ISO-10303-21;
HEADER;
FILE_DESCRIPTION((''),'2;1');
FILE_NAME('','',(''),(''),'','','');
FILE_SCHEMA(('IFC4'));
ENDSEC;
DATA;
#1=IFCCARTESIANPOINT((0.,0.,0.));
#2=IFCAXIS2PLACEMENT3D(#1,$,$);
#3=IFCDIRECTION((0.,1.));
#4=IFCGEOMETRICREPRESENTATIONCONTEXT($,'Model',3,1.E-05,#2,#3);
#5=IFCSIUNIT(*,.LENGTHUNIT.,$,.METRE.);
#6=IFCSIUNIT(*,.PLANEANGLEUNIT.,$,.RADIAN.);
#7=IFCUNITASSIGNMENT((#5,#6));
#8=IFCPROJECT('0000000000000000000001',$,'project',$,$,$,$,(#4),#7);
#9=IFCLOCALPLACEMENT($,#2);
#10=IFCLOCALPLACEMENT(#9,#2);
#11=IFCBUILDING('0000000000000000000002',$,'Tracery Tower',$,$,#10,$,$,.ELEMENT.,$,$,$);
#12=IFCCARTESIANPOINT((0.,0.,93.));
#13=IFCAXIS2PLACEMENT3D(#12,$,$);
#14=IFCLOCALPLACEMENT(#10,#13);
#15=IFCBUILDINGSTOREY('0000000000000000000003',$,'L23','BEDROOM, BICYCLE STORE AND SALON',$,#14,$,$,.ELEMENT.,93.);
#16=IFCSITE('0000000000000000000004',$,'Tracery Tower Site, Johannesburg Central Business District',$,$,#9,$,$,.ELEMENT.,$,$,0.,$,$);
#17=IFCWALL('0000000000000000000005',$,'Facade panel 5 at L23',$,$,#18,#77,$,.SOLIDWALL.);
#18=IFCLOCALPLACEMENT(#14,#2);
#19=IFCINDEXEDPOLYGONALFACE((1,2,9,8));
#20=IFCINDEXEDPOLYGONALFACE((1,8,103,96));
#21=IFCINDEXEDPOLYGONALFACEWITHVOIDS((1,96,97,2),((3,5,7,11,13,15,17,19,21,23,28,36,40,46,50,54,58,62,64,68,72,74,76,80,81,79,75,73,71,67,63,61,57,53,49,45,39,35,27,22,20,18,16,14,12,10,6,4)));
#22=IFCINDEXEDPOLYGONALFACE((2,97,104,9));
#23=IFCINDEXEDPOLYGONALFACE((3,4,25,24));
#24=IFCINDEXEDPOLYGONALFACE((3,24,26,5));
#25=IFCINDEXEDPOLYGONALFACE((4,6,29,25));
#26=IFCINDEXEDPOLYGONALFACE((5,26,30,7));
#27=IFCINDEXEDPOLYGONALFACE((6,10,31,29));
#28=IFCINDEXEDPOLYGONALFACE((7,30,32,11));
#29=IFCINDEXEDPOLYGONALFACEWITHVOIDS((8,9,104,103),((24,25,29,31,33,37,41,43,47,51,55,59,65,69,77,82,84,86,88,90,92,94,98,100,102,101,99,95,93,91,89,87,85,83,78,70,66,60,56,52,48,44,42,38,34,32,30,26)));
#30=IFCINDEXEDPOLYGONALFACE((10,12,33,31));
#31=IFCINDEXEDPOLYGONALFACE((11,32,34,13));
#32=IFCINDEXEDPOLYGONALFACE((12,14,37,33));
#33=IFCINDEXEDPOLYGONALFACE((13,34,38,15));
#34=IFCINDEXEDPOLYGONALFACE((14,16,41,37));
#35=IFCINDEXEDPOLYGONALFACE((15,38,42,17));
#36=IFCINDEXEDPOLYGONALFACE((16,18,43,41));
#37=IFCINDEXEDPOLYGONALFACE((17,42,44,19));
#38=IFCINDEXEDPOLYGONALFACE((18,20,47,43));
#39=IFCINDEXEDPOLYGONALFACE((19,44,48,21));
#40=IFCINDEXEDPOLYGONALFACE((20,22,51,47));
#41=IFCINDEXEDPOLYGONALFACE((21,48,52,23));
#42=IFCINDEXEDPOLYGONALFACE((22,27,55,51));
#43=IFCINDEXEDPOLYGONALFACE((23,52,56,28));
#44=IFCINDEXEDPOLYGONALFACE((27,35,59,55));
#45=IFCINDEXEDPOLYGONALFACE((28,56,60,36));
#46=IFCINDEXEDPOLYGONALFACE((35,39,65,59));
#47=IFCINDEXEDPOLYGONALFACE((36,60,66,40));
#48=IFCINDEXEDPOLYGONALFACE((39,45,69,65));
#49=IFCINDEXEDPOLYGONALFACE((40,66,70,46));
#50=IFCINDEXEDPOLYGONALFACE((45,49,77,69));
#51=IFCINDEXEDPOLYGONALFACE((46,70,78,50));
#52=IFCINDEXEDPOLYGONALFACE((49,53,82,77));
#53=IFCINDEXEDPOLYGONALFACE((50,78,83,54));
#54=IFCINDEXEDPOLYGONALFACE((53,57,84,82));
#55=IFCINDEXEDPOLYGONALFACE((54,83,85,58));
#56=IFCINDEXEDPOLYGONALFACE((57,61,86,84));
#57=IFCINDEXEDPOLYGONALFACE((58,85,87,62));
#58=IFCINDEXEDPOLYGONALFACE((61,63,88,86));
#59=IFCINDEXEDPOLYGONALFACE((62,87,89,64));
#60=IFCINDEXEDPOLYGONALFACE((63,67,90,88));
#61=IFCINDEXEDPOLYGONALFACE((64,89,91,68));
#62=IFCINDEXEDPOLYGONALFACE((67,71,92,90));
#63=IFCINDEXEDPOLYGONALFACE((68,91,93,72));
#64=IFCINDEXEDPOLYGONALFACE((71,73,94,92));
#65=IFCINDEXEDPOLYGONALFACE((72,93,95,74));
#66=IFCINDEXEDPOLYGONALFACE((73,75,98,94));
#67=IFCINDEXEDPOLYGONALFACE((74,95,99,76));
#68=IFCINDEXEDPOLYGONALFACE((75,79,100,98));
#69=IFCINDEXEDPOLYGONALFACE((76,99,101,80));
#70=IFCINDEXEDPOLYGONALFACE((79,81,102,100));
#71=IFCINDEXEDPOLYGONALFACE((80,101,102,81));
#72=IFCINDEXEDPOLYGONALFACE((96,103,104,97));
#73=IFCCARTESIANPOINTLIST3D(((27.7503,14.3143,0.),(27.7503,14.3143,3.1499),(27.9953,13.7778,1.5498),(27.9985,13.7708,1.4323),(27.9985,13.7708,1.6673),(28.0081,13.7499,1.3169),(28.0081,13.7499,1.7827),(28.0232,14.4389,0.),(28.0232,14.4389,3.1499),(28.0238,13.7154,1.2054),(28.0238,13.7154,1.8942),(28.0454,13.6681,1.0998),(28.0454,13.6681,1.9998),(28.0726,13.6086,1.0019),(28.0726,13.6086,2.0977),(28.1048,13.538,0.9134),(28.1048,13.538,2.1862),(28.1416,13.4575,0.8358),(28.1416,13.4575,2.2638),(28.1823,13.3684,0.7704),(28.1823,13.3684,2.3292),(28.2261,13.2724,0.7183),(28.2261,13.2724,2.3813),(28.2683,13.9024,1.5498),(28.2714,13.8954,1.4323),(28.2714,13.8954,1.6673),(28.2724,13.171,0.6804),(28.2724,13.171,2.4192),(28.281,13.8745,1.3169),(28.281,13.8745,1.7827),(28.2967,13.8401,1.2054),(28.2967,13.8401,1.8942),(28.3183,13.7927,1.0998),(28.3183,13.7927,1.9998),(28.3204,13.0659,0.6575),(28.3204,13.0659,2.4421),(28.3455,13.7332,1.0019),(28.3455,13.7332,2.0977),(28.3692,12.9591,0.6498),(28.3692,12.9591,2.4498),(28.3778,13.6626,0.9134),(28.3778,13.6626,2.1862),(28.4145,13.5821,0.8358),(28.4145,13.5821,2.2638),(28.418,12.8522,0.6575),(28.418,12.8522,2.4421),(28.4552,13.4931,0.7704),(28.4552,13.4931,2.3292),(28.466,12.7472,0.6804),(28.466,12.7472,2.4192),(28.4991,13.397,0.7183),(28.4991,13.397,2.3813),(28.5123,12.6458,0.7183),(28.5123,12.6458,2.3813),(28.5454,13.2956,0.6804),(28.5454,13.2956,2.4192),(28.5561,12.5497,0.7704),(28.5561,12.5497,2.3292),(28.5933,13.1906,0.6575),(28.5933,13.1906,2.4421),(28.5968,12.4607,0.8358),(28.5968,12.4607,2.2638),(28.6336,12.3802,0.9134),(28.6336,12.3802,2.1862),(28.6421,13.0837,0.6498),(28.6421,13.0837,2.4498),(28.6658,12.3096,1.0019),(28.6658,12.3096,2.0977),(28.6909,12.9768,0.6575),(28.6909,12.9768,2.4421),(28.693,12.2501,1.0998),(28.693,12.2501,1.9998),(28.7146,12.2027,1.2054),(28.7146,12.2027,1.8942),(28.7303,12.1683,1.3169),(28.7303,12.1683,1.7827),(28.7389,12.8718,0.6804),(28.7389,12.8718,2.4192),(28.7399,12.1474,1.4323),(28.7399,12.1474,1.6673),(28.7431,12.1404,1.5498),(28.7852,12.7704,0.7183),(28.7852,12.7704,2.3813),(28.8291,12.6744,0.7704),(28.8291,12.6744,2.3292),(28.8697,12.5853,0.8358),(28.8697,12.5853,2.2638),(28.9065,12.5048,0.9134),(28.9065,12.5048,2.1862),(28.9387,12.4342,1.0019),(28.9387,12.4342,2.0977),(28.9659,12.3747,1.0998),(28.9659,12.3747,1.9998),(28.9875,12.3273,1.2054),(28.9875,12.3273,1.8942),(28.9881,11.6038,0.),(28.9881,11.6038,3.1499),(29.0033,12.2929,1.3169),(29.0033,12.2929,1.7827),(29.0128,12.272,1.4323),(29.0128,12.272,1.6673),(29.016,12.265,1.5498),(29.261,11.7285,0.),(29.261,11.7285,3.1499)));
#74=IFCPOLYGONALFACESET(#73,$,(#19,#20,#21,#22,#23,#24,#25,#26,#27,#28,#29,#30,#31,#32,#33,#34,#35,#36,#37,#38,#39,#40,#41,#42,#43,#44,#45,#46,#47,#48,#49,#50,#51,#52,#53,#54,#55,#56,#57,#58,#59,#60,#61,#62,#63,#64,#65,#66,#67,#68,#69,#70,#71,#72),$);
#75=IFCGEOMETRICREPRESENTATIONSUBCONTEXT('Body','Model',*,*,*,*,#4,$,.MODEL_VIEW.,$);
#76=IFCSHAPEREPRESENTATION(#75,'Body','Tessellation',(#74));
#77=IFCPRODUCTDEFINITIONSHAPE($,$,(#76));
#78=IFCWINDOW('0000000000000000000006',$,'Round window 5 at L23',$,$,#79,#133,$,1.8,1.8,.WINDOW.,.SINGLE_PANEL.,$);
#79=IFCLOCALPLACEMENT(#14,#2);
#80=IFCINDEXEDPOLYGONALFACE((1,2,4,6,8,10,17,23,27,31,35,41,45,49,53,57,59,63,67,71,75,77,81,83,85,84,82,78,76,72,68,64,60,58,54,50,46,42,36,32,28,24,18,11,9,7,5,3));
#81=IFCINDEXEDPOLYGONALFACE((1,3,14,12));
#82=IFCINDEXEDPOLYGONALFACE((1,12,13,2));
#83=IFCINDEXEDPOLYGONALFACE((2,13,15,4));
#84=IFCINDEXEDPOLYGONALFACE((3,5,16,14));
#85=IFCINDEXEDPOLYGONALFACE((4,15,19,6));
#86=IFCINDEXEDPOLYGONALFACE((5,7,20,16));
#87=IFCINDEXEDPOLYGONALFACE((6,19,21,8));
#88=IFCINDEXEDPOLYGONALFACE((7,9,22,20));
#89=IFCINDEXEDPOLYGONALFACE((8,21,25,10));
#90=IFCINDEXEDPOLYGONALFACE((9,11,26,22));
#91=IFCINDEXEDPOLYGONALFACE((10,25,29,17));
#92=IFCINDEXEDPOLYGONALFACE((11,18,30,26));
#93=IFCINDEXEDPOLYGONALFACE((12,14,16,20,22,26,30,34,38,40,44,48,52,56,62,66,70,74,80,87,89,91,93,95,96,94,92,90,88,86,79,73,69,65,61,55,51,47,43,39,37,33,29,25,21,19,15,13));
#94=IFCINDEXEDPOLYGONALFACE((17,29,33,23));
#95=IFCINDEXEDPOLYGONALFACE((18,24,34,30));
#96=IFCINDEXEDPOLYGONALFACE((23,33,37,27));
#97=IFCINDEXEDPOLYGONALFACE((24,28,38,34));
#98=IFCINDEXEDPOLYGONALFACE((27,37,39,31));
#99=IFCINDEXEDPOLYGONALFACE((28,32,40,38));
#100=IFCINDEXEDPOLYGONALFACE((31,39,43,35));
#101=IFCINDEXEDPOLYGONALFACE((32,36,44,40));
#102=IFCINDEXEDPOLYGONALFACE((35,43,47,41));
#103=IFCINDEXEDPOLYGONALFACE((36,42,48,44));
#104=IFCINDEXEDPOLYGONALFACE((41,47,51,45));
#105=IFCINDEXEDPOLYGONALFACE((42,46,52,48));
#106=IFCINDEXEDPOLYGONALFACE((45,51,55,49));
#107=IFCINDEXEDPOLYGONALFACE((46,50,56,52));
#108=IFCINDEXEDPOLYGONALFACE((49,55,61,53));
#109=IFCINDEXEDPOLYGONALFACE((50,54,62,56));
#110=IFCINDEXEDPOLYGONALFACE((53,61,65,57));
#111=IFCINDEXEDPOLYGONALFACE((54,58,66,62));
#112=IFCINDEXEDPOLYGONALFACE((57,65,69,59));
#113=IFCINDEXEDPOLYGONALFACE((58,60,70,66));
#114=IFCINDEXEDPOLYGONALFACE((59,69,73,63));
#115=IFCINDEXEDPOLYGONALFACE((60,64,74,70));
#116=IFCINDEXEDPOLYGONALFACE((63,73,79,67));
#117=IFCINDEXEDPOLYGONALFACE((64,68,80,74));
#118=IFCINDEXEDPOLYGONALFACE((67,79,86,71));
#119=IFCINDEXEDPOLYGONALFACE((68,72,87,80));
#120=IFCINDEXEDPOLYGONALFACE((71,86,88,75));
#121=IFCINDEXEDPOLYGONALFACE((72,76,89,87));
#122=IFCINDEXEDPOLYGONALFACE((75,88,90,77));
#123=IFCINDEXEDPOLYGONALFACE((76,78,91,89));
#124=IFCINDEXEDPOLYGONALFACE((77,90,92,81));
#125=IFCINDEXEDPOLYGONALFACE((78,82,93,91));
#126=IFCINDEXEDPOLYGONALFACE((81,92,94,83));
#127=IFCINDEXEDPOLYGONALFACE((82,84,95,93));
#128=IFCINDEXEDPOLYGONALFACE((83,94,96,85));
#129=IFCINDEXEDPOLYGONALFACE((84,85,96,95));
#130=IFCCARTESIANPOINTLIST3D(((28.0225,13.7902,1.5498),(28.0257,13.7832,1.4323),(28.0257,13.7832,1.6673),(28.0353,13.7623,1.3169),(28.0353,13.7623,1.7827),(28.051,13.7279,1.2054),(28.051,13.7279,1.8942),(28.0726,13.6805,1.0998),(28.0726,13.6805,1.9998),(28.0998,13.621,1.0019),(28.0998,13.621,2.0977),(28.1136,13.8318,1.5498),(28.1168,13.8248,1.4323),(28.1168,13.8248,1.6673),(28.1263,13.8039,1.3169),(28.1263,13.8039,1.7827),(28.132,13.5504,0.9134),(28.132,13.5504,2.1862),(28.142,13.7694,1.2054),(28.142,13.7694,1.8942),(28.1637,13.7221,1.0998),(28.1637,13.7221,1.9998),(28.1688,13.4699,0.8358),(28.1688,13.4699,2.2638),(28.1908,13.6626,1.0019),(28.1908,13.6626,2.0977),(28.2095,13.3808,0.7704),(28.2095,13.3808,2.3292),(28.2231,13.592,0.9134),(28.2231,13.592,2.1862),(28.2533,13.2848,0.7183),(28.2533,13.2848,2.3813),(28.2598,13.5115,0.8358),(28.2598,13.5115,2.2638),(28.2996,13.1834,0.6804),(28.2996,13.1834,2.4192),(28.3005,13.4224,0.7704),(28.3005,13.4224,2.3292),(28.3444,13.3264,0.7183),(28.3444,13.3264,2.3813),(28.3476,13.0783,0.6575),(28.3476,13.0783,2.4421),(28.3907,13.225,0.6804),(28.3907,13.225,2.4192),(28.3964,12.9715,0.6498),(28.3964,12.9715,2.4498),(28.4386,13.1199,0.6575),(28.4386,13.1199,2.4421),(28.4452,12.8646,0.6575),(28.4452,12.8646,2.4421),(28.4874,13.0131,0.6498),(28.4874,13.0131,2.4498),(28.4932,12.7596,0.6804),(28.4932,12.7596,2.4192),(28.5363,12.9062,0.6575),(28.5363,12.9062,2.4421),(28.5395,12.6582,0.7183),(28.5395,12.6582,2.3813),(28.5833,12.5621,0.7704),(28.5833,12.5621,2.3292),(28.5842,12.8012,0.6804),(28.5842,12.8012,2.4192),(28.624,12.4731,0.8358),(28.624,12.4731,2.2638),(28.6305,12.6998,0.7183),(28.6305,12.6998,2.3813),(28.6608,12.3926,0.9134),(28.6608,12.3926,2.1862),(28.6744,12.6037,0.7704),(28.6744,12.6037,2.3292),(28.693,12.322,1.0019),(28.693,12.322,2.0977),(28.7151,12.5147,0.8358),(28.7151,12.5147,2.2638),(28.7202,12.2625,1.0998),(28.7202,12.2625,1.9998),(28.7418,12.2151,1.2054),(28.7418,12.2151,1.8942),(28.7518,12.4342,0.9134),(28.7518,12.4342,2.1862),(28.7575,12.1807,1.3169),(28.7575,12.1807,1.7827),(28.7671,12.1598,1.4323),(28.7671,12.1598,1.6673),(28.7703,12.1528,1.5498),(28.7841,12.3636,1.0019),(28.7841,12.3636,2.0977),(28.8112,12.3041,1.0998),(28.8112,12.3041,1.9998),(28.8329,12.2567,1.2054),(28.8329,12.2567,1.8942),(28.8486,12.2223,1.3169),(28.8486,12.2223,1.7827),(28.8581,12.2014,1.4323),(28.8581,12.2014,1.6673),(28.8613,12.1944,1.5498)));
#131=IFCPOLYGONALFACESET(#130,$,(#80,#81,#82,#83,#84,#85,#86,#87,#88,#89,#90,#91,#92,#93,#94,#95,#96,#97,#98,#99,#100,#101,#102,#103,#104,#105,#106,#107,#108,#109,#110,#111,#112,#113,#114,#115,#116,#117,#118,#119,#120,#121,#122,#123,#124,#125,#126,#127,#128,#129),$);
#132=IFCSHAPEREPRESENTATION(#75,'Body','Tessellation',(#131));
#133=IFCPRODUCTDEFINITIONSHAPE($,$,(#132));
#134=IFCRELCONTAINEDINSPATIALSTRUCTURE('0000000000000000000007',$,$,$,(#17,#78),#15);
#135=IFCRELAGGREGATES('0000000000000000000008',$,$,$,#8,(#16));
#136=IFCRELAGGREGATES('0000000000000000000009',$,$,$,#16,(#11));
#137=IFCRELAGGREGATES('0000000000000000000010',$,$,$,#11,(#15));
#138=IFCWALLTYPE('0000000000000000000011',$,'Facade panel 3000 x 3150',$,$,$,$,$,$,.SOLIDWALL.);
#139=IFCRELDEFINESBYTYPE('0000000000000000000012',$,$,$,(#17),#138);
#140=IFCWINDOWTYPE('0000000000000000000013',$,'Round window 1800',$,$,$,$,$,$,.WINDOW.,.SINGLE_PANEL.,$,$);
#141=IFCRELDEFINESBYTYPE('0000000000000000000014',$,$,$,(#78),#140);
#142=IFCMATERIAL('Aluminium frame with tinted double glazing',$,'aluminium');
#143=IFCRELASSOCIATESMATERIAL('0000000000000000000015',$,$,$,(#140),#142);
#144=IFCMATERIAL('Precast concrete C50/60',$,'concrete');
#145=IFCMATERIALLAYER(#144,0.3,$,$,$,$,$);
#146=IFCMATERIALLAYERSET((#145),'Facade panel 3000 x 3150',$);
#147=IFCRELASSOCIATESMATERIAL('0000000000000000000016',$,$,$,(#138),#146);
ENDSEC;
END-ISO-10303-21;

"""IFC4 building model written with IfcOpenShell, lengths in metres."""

from ifc_helpers import new_model, si_unit, direction, frame, frame_2d, origin, origin_2d, place, context, subcontext, project, spatial, rectangle, circle, extrude, material, layer, layer_set, type_object, element, fill, save


model = new_model("IFC4")

# Units and contexts
model_context = context("Model", 3, precision=1e-05, world=origin(), true_north=direction((0.0, 1.0)))
body_context = subcontext(model_context, "Body", "Model", "MODEL_VIEW")
ifc_project = project(units=[si_unit("LENGTHUNIT", "METRE"), si_unit("PLANEANGLEUNIT", "RADIAN")], contexts=[model_context])

# Site, building, storey
site_placement = place(None, origin())
site = spatial("IfcSite", under=ifc_project, at=site_placement, Name="Tracery Tower Site, Johannesburg Central Business District", CompositionType="ELEMENT", RefElevation=0.0)
building_placement = place(site_placement, origin())
building = spatial("IfcBuilding", under=site, at=building_placement, Name="Tracery Tower", CompositionType="ELEMENT")
storey_placement = place(building_placement, frame((0.0, 0.0, 93.0)))
storey = spatial("IfcBuildingStorey", under=building, at=storey_placement, Name="L23", Description="BEDROOM, BICYCLE STORE AND SALON", CompositionType="ELEMENT", Elevation=93.0)

# Wall, opening, window
ifc_material_1 = material(Name="Aluminium frame with tinted double glazing", Category="aluminium")
window_type = type_object("IfcWindowType", Name="Round window 1800", PartitioningType="SINGLE_PANEL", PredefinedType="WINDOW", material=ifc_material_1)
ifc_material_2 = material(Name="Precast concrete C50/60", Category="concrete")
ifc_layer_1 = layer(ifc_material_2, 0.3)
ifc_layer_set_1 = layer_set([ifc_layer_1], Name="Facade panel 3000 x 3150")
wall_type_1 = type_object("IfcWallType", Name="Facade panel 3000 x 3150", PredefinedType="SOLIDWALL", material=ifc_layer_set_1)
wall_1_placement = place(storey_placement, frame((29.1245, 11.6663, 0.0), z_axis=(0.0, 0.0, 1.0), x_axis=(-0.415407, 0.909636, 0.0)))
wall_1 = element("IfcWall", 1, at=wall_1_placement, inside=storey, type_object=wall_type_1, Name="Facade panel 5 at L23", PredefinedType="SOLIDWALL", context=body_context, shape_type="SweptSolid", body=[
    extrude(rectangle(XDim=2.9797, YDim=0.3, at=frame_2d((1.4897, 0.0))), origin(), (0.0, 0.0, 1.0), 3.1499),
])
opening_1_placement = place(wall_1_placement, frame((1.4897, 0.0, 1.5498)))
opening_1 = element("IfcOpeningElement", 2, at=opening_1_placement, cuts=wall_1, PredefinedType="OPENING", context=body_context, shape_type="SweptSolid", body=[
    extrude(circle(Radius=0.9, at=origin_2d()), frame((0.0, 0.1599, 0.0), z_axis=(0.0, -1.0, 0.0), x_axis=(1.0, 0.0, 0.0)), (0.0, 0.0, 1.0), 0.3201),
])
window_1_placement = place(opening_1_placement, origin())
window_1 = element("IfcWindow", 3, at=window_1_placement, inside=storey, type_object=window_type, Name="Round window 5 at L23", OverallHeight=1.8, OverallWidth=1.8, PartitioningType="SINGLE_PANEL", PredefinedType="WINDOW", context=body_context, shape_type="SweptSolid", body=[
    extrude(circle(Radius=0.9, at=origin_2d()), frame((0.0, 0.1201, 0.0), z_axis=(0.0, -1.0, 0.0), x_axis=(1.0, 0.0, 0.0)), (0.0, 0.0, 1.0), 0.1001),
])
fill(opening_1, window_1)

save(model, "model.ifc")
